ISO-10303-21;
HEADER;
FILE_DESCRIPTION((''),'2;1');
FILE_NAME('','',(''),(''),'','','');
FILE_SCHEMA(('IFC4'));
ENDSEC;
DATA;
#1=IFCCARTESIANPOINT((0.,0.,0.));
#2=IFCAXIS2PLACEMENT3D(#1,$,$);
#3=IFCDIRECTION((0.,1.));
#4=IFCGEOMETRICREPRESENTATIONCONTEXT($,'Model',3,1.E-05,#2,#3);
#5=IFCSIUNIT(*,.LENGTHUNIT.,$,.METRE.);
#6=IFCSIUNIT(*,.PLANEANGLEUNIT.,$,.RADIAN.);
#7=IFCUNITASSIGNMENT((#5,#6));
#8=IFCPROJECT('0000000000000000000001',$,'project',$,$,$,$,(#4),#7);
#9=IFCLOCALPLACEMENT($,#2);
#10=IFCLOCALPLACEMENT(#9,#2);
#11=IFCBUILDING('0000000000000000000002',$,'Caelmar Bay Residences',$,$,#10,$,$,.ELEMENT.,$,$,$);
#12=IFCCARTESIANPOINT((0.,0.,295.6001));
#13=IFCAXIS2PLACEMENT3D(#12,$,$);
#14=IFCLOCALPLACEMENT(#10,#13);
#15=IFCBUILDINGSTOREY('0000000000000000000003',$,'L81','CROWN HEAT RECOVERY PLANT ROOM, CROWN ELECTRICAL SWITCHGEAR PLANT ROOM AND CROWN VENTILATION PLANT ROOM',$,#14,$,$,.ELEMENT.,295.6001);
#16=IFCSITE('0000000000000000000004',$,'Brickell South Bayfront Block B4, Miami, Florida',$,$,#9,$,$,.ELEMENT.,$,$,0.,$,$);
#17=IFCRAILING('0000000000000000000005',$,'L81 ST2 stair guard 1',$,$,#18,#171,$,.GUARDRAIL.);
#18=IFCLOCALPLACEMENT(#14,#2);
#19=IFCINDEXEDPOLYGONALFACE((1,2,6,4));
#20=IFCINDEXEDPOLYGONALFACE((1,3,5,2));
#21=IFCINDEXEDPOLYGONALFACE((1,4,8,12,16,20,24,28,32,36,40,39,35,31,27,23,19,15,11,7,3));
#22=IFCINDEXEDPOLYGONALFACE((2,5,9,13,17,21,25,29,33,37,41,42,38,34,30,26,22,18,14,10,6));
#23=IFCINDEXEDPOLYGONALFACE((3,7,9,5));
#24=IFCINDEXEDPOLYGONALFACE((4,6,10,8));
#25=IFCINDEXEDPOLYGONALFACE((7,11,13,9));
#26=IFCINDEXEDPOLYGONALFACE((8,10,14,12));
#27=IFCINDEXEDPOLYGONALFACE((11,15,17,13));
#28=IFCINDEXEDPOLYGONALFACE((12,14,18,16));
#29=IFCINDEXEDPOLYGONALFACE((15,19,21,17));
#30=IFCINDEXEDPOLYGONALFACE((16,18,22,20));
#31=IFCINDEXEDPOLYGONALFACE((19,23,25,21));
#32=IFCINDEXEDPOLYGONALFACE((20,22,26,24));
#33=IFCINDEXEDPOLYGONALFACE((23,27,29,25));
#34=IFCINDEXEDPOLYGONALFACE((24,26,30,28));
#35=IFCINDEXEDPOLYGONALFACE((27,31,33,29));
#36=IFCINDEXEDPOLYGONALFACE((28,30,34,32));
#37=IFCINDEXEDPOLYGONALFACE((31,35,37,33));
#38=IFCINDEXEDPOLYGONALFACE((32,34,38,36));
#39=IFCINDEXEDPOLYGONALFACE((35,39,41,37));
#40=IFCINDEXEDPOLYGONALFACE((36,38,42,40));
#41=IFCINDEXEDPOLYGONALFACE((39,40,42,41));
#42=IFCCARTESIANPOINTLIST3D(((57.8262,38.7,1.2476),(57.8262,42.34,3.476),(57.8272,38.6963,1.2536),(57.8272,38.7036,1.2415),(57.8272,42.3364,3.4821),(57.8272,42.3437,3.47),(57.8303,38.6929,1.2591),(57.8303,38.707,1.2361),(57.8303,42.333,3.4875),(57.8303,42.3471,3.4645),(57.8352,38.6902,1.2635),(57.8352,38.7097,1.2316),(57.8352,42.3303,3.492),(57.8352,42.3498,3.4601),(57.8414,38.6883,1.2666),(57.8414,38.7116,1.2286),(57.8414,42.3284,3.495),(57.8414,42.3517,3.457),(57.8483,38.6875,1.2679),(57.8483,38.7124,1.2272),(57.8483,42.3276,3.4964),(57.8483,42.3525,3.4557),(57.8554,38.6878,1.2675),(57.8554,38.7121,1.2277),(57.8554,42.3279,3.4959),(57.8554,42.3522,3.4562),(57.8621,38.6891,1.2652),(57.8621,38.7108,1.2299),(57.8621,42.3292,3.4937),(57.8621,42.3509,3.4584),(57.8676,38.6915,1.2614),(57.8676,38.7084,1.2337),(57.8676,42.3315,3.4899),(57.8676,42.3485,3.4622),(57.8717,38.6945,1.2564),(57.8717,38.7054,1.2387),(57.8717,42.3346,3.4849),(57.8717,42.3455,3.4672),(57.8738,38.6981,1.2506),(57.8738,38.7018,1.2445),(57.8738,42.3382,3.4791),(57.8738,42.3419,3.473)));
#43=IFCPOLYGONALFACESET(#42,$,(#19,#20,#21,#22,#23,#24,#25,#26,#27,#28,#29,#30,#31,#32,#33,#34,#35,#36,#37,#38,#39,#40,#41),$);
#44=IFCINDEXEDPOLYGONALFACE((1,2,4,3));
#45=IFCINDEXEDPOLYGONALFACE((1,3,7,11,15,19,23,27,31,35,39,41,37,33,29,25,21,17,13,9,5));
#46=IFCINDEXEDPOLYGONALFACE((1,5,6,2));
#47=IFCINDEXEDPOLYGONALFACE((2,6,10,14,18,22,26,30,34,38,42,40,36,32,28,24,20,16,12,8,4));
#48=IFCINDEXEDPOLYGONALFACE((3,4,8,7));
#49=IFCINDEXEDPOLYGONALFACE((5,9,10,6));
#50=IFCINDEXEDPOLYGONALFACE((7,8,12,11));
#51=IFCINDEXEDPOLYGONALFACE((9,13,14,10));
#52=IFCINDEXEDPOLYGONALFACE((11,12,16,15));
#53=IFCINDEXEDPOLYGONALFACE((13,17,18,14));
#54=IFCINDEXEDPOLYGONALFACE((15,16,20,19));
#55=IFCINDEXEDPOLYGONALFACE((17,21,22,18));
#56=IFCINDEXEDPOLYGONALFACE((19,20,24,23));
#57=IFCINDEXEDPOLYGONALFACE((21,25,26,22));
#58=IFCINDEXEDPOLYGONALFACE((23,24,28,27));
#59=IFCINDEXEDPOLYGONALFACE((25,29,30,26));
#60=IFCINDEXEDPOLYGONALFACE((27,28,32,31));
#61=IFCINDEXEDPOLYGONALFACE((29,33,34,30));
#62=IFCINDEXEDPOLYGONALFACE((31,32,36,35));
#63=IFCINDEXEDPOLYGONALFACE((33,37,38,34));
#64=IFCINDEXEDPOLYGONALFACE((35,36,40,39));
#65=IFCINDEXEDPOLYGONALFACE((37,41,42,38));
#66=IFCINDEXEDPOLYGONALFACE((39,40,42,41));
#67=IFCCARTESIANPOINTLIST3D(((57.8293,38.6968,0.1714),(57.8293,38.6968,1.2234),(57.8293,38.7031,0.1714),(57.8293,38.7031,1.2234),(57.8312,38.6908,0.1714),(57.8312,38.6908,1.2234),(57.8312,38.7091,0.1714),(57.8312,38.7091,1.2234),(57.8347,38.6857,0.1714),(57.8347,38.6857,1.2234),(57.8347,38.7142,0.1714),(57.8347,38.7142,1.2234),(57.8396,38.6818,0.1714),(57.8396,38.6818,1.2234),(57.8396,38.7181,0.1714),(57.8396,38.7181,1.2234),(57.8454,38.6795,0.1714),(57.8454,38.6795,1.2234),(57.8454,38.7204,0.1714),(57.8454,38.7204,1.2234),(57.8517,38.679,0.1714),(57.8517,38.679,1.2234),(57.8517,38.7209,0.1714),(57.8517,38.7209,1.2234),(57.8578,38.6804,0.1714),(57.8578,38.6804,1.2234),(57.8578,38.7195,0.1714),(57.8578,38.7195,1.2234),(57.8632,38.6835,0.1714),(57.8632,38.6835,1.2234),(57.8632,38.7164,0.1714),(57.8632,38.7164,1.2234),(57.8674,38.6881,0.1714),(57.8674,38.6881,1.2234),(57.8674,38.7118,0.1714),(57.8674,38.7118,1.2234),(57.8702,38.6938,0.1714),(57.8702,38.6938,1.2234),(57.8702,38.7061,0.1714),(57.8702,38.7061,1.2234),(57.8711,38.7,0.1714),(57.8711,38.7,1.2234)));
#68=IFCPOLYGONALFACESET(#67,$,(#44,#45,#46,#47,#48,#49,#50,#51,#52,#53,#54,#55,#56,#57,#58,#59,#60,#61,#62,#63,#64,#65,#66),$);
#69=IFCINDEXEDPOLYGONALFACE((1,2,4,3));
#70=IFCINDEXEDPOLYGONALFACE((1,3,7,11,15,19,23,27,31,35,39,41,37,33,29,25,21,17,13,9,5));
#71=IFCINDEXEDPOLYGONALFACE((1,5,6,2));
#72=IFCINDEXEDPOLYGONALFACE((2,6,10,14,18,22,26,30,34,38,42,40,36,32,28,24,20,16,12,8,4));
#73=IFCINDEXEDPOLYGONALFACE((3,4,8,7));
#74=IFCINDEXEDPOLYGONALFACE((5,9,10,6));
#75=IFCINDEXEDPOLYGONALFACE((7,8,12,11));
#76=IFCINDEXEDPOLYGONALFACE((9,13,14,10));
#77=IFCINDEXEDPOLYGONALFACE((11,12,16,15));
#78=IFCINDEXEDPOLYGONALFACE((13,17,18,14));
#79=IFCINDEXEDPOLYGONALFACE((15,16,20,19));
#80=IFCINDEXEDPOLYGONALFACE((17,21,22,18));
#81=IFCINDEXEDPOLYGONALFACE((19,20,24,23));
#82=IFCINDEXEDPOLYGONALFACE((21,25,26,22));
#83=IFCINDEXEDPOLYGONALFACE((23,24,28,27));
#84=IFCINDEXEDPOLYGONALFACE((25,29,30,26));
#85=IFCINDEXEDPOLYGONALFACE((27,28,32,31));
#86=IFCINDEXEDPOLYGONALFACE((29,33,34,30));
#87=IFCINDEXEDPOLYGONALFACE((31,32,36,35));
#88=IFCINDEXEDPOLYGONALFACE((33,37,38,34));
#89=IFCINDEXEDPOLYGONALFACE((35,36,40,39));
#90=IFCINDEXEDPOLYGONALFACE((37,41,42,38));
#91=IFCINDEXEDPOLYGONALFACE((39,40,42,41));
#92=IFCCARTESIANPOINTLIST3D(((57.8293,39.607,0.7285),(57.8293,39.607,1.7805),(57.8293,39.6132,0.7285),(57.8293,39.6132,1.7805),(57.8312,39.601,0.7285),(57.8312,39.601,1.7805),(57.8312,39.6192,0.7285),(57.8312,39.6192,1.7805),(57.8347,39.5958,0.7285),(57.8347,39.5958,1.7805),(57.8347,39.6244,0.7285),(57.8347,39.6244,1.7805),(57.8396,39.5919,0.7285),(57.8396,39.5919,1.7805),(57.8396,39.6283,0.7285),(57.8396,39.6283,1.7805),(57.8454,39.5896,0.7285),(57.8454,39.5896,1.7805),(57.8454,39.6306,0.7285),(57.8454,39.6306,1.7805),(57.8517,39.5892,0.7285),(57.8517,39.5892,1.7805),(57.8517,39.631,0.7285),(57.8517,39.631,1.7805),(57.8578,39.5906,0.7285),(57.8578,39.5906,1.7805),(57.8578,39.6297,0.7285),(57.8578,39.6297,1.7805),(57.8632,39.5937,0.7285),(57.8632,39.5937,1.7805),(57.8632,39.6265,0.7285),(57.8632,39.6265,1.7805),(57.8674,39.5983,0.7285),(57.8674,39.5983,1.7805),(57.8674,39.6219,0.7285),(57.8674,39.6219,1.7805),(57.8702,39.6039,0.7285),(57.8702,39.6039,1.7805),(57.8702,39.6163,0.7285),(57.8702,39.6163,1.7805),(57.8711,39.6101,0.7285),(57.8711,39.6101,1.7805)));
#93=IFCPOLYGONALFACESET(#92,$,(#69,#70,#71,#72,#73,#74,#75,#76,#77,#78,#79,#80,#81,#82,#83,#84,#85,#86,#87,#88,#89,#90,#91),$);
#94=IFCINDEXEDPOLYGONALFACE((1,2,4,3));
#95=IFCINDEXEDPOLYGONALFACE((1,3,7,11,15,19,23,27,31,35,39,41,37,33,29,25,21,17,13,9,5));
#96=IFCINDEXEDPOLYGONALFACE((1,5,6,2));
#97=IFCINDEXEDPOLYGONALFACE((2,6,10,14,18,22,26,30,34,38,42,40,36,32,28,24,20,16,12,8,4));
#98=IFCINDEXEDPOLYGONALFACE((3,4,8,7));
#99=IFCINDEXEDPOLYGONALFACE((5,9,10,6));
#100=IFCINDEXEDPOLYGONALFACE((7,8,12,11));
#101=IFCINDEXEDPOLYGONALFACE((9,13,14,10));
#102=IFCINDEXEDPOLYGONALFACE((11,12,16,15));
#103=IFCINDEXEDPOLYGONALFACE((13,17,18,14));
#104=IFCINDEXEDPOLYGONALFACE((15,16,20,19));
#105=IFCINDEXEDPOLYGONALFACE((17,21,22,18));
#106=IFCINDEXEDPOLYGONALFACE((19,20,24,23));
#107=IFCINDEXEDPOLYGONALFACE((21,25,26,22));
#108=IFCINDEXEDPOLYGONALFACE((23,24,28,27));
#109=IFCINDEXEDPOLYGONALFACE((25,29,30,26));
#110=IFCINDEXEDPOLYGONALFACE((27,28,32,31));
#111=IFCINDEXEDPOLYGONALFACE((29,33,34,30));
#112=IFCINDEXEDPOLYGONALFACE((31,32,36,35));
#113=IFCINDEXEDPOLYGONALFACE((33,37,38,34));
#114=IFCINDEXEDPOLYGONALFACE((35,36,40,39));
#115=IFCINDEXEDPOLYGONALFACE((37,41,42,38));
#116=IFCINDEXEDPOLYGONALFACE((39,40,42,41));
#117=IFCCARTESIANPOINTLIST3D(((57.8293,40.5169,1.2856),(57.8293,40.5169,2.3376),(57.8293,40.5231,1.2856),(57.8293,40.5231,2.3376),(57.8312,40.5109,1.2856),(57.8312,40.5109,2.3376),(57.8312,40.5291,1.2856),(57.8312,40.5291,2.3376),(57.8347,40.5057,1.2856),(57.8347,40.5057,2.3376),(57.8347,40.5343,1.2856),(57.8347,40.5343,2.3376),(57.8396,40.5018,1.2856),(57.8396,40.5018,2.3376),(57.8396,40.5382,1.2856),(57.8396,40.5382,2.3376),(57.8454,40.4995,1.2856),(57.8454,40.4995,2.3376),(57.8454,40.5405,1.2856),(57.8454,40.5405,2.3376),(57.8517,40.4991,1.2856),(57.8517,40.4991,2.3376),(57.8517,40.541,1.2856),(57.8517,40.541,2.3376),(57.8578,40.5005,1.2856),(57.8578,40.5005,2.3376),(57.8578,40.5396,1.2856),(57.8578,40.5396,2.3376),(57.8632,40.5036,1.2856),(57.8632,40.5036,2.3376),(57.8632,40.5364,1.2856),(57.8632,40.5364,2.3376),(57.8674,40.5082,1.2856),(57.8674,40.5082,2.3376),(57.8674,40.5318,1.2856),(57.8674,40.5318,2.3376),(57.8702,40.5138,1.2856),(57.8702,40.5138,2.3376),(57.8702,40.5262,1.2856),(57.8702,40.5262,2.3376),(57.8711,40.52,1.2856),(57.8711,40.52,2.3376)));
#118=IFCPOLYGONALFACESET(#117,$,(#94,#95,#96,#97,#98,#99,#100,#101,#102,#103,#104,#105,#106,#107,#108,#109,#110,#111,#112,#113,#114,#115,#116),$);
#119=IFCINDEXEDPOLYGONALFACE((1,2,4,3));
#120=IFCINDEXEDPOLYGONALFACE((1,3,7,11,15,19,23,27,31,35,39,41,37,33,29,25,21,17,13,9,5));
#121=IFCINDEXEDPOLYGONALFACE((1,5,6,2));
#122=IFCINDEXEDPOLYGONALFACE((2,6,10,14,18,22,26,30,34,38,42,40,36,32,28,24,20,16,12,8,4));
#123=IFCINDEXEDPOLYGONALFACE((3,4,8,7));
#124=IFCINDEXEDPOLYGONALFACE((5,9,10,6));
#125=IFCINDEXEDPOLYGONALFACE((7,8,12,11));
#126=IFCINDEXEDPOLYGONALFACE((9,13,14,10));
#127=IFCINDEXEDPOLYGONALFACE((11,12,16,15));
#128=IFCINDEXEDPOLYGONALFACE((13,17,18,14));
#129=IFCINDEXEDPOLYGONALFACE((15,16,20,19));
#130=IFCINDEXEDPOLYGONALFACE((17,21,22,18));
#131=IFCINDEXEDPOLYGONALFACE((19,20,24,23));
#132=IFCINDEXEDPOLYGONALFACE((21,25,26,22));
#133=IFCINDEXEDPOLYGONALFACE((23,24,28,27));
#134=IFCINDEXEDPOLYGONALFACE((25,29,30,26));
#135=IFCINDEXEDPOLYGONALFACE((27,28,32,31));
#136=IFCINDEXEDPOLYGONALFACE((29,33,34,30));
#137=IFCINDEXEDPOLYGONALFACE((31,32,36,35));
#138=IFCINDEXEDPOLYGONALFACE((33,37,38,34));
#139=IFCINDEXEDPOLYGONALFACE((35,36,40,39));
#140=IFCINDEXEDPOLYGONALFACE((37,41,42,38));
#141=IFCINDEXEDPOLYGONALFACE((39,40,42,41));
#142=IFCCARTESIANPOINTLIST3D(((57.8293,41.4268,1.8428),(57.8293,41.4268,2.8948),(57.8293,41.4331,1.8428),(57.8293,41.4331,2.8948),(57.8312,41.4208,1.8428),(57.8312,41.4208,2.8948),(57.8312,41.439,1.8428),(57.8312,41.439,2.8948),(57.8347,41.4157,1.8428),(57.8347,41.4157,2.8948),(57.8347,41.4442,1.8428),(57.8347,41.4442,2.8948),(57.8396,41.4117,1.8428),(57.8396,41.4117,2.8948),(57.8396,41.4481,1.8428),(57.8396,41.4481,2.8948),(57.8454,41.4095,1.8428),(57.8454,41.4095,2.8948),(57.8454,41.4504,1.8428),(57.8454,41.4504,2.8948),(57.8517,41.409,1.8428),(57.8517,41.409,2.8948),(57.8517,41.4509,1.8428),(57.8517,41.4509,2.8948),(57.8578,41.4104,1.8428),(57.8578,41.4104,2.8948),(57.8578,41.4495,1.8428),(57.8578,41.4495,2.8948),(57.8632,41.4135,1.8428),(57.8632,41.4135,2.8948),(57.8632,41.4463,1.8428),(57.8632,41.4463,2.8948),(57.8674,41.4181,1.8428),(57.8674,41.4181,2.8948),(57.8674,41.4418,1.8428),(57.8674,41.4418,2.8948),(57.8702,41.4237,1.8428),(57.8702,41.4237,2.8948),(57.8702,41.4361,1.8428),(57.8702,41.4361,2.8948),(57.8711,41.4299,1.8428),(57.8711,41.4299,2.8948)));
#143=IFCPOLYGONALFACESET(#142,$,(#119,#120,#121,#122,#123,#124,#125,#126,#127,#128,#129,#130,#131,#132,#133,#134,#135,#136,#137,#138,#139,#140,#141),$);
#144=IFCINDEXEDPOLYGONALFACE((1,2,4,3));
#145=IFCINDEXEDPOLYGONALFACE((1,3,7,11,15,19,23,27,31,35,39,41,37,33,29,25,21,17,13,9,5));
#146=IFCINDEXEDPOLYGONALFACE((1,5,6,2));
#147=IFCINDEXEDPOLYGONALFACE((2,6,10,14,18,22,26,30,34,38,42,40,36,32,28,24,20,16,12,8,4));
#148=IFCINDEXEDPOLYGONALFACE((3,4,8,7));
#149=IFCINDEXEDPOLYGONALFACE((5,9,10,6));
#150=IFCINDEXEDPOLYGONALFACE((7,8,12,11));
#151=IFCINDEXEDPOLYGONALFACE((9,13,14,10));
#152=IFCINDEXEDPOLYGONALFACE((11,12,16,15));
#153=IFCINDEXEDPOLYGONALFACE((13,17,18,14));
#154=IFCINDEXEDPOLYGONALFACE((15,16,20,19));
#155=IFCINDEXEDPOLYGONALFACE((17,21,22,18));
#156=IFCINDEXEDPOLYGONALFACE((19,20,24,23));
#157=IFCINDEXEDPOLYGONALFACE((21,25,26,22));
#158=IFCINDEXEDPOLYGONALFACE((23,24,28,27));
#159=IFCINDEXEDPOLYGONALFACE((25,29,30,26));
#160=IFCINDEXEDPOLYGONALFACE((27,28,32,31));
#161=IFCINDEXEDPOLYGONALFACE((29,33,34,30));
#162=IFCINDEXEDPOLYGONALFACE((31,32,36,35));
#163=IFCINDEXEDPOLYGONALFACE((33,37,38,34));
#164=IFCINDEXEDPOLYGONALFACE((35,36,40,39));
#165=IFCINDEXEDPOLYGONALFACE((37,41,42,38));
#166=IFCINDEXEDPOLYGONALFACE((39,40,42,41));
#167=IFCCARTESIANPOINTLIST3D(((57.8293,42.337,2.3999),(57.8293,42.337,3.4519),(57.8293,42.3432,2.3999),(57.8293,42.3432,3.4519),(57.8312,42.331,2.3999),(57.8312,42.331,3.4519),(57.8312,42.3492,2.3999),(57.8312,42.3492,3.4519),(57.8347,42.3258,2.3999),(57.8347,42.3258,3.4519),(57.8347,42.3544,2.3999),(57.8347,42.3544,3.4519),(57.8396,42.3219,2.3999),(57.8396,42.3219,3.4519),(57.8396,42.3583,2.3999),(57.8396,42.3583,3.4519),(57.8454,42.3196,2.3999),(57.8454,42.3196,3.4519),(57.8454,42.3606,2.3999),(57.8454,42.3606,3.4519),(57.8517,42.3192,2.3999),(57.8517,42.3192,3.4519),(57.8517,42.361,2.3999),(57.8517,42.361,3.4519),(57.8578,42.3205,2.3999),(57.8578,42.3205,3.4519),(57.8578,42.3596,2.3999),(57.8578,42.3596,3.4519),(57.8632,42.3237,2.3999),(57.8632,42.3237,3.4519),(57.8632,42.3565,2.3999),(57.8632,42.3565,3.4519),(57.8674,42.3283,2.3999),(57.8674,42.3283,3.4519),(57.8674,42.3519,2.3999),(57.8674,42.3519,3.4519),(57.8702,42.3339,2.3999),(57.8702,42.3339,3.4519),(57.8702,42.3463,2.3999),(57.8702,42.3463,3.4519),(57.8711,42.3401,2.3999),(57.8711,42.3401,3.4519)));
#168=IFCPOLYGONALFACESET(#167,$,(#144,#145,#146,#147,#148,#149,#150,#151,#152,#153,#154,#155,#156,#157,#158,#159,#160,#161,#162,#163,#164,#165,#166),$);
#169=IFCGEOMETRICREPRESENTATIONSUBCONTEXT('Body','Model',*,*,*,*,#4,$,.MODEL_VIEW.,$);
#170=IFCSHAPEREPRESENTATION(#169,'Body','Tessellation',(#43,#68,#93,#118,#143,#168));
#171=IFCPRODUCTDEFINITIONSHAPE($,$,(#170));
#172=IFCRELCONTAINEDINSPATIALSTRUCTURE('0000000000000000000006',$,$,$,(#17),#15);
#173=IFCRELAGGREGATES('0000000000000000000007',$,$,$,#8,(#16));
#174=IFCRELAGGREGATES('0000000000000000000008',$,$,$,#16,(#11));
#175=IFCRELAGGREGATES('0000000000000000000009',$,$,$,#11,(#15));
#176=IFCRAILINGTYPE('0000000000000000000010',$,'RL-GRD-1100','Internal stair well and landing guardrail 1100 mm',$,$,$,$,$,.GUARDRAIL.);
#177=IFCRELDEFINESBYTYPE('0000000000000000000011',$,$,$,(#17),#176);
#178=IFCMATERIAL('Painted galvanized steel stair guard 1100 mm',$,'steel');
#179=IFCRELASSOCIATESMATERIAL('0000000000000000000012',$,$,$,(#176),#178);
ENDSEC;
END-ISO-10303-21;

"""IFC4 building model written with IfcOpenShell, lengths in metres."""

from ifc_helpers import new_model, si_unit, direction, frame, origin, origin_2d, place, context, subcontext, project, spatial, circle, extrude, material, type_object, element, save


model = new_model("IFC4")

# Units and contexts
model_context = context("Model", 3, precision=1e-05, world=origin(), true_north=direction((0.0, 1.0)))
body_context = subcontext(model_context, "Body", "Model", "MODEL_VIEW")
ifc_project = project(units=[si_unit("LENGTHUNIT", "METRE"), si_unit("PLANEANGLEUNIT", "RADIAN")], contexts=[model_context])

# Site, building, storey
site_placement = place(None, origin())
site = spatial("IfcSite", under=ifc_project, at=site_placement, Name="Brickell South Bayfront Block B4, Miami, Florida", CompositionType="ELEMENT", RefElevation=0.0)
building_placement = place(site_placement, origin())
building = spatial("IfcBuilding", under=site, at=building_placement, Name="Caelmar Bay Residences", CompositionType="ELEMENT")
storey_placement = place(building_placement, frame((0.0, 0.0, 295.6001)))
storey = spatial("IfcBuildingStorey", under=building, at=storey_placement, Name="L81", Description="CROWN HEAT RECOVERY PLANT ROOM, CROWN ELECTRICAL SWITCHGEAR PLANT ROOM AND CROWN VENTILATION PLANT ROOM", CompositionType="ELEMENT", Elevation=295.6001)

# Railing
ifc_material_1 = material(Name="Painted galvanized steel stair guard 1100 mm", Category="steel")
railing_type_1 = type_object("IfcRailingType", Name="RL-GRD-1100", Description="Internal stair well and landing guardrail 1100 mm", PredefinedType="GUARDRAIL", material=ifc_material_1)
railing_1_placement = place(storey_placement, frame((57.8501, 38.7, 0.1714)))
element("IfcRailing", 1, at=railing_1_placement, inside=storey, type_object=railing_type_1, Name="L81 ST2 stair guard 1", PredefinedType="GUARDRAIL", context=body_context, shape_type="SweptSolid", body=[
    extrude(circle(Radius=0.0239, at=origin_2d()), frame((0.0, 0.0, 1.0762), z_axis=(0.0, 0.852866, 0.52213), x_axis=(-1.0, 0.0, 0.0)), (0.0, 0.0, 1.0), 4.2681),
    extrude(circle(Radius=0.021, at=origin_2d()), origin(), (0.0, 0.0, 1.0), 1.052),
    extrude(circle(Radius=0.021, at=origin_2d()), frame((0.0, 0.9102, 0.5571)), (0.0, 0.0, 1.0), 1.052),
    extrude(circle(Radius=0.021, at=origin_2d()), frame((0.0, 1.8201, 1.1143)), (0.0, 0.0, 1.0), 1.052),
    extrude(circle(Radius=0.021, at=origin_2d()), frame((0.0, 2.73, 1.6714)), (0.0, 0.0, 1.0), 1.052),
    extrude(circle(Radius=0.021, at=origin_2d()), frame((0.0, 3.6401, 2.2285)), (0.0, 0.0, 1.0), 1.052),
])

save(model, "model.ifc")
